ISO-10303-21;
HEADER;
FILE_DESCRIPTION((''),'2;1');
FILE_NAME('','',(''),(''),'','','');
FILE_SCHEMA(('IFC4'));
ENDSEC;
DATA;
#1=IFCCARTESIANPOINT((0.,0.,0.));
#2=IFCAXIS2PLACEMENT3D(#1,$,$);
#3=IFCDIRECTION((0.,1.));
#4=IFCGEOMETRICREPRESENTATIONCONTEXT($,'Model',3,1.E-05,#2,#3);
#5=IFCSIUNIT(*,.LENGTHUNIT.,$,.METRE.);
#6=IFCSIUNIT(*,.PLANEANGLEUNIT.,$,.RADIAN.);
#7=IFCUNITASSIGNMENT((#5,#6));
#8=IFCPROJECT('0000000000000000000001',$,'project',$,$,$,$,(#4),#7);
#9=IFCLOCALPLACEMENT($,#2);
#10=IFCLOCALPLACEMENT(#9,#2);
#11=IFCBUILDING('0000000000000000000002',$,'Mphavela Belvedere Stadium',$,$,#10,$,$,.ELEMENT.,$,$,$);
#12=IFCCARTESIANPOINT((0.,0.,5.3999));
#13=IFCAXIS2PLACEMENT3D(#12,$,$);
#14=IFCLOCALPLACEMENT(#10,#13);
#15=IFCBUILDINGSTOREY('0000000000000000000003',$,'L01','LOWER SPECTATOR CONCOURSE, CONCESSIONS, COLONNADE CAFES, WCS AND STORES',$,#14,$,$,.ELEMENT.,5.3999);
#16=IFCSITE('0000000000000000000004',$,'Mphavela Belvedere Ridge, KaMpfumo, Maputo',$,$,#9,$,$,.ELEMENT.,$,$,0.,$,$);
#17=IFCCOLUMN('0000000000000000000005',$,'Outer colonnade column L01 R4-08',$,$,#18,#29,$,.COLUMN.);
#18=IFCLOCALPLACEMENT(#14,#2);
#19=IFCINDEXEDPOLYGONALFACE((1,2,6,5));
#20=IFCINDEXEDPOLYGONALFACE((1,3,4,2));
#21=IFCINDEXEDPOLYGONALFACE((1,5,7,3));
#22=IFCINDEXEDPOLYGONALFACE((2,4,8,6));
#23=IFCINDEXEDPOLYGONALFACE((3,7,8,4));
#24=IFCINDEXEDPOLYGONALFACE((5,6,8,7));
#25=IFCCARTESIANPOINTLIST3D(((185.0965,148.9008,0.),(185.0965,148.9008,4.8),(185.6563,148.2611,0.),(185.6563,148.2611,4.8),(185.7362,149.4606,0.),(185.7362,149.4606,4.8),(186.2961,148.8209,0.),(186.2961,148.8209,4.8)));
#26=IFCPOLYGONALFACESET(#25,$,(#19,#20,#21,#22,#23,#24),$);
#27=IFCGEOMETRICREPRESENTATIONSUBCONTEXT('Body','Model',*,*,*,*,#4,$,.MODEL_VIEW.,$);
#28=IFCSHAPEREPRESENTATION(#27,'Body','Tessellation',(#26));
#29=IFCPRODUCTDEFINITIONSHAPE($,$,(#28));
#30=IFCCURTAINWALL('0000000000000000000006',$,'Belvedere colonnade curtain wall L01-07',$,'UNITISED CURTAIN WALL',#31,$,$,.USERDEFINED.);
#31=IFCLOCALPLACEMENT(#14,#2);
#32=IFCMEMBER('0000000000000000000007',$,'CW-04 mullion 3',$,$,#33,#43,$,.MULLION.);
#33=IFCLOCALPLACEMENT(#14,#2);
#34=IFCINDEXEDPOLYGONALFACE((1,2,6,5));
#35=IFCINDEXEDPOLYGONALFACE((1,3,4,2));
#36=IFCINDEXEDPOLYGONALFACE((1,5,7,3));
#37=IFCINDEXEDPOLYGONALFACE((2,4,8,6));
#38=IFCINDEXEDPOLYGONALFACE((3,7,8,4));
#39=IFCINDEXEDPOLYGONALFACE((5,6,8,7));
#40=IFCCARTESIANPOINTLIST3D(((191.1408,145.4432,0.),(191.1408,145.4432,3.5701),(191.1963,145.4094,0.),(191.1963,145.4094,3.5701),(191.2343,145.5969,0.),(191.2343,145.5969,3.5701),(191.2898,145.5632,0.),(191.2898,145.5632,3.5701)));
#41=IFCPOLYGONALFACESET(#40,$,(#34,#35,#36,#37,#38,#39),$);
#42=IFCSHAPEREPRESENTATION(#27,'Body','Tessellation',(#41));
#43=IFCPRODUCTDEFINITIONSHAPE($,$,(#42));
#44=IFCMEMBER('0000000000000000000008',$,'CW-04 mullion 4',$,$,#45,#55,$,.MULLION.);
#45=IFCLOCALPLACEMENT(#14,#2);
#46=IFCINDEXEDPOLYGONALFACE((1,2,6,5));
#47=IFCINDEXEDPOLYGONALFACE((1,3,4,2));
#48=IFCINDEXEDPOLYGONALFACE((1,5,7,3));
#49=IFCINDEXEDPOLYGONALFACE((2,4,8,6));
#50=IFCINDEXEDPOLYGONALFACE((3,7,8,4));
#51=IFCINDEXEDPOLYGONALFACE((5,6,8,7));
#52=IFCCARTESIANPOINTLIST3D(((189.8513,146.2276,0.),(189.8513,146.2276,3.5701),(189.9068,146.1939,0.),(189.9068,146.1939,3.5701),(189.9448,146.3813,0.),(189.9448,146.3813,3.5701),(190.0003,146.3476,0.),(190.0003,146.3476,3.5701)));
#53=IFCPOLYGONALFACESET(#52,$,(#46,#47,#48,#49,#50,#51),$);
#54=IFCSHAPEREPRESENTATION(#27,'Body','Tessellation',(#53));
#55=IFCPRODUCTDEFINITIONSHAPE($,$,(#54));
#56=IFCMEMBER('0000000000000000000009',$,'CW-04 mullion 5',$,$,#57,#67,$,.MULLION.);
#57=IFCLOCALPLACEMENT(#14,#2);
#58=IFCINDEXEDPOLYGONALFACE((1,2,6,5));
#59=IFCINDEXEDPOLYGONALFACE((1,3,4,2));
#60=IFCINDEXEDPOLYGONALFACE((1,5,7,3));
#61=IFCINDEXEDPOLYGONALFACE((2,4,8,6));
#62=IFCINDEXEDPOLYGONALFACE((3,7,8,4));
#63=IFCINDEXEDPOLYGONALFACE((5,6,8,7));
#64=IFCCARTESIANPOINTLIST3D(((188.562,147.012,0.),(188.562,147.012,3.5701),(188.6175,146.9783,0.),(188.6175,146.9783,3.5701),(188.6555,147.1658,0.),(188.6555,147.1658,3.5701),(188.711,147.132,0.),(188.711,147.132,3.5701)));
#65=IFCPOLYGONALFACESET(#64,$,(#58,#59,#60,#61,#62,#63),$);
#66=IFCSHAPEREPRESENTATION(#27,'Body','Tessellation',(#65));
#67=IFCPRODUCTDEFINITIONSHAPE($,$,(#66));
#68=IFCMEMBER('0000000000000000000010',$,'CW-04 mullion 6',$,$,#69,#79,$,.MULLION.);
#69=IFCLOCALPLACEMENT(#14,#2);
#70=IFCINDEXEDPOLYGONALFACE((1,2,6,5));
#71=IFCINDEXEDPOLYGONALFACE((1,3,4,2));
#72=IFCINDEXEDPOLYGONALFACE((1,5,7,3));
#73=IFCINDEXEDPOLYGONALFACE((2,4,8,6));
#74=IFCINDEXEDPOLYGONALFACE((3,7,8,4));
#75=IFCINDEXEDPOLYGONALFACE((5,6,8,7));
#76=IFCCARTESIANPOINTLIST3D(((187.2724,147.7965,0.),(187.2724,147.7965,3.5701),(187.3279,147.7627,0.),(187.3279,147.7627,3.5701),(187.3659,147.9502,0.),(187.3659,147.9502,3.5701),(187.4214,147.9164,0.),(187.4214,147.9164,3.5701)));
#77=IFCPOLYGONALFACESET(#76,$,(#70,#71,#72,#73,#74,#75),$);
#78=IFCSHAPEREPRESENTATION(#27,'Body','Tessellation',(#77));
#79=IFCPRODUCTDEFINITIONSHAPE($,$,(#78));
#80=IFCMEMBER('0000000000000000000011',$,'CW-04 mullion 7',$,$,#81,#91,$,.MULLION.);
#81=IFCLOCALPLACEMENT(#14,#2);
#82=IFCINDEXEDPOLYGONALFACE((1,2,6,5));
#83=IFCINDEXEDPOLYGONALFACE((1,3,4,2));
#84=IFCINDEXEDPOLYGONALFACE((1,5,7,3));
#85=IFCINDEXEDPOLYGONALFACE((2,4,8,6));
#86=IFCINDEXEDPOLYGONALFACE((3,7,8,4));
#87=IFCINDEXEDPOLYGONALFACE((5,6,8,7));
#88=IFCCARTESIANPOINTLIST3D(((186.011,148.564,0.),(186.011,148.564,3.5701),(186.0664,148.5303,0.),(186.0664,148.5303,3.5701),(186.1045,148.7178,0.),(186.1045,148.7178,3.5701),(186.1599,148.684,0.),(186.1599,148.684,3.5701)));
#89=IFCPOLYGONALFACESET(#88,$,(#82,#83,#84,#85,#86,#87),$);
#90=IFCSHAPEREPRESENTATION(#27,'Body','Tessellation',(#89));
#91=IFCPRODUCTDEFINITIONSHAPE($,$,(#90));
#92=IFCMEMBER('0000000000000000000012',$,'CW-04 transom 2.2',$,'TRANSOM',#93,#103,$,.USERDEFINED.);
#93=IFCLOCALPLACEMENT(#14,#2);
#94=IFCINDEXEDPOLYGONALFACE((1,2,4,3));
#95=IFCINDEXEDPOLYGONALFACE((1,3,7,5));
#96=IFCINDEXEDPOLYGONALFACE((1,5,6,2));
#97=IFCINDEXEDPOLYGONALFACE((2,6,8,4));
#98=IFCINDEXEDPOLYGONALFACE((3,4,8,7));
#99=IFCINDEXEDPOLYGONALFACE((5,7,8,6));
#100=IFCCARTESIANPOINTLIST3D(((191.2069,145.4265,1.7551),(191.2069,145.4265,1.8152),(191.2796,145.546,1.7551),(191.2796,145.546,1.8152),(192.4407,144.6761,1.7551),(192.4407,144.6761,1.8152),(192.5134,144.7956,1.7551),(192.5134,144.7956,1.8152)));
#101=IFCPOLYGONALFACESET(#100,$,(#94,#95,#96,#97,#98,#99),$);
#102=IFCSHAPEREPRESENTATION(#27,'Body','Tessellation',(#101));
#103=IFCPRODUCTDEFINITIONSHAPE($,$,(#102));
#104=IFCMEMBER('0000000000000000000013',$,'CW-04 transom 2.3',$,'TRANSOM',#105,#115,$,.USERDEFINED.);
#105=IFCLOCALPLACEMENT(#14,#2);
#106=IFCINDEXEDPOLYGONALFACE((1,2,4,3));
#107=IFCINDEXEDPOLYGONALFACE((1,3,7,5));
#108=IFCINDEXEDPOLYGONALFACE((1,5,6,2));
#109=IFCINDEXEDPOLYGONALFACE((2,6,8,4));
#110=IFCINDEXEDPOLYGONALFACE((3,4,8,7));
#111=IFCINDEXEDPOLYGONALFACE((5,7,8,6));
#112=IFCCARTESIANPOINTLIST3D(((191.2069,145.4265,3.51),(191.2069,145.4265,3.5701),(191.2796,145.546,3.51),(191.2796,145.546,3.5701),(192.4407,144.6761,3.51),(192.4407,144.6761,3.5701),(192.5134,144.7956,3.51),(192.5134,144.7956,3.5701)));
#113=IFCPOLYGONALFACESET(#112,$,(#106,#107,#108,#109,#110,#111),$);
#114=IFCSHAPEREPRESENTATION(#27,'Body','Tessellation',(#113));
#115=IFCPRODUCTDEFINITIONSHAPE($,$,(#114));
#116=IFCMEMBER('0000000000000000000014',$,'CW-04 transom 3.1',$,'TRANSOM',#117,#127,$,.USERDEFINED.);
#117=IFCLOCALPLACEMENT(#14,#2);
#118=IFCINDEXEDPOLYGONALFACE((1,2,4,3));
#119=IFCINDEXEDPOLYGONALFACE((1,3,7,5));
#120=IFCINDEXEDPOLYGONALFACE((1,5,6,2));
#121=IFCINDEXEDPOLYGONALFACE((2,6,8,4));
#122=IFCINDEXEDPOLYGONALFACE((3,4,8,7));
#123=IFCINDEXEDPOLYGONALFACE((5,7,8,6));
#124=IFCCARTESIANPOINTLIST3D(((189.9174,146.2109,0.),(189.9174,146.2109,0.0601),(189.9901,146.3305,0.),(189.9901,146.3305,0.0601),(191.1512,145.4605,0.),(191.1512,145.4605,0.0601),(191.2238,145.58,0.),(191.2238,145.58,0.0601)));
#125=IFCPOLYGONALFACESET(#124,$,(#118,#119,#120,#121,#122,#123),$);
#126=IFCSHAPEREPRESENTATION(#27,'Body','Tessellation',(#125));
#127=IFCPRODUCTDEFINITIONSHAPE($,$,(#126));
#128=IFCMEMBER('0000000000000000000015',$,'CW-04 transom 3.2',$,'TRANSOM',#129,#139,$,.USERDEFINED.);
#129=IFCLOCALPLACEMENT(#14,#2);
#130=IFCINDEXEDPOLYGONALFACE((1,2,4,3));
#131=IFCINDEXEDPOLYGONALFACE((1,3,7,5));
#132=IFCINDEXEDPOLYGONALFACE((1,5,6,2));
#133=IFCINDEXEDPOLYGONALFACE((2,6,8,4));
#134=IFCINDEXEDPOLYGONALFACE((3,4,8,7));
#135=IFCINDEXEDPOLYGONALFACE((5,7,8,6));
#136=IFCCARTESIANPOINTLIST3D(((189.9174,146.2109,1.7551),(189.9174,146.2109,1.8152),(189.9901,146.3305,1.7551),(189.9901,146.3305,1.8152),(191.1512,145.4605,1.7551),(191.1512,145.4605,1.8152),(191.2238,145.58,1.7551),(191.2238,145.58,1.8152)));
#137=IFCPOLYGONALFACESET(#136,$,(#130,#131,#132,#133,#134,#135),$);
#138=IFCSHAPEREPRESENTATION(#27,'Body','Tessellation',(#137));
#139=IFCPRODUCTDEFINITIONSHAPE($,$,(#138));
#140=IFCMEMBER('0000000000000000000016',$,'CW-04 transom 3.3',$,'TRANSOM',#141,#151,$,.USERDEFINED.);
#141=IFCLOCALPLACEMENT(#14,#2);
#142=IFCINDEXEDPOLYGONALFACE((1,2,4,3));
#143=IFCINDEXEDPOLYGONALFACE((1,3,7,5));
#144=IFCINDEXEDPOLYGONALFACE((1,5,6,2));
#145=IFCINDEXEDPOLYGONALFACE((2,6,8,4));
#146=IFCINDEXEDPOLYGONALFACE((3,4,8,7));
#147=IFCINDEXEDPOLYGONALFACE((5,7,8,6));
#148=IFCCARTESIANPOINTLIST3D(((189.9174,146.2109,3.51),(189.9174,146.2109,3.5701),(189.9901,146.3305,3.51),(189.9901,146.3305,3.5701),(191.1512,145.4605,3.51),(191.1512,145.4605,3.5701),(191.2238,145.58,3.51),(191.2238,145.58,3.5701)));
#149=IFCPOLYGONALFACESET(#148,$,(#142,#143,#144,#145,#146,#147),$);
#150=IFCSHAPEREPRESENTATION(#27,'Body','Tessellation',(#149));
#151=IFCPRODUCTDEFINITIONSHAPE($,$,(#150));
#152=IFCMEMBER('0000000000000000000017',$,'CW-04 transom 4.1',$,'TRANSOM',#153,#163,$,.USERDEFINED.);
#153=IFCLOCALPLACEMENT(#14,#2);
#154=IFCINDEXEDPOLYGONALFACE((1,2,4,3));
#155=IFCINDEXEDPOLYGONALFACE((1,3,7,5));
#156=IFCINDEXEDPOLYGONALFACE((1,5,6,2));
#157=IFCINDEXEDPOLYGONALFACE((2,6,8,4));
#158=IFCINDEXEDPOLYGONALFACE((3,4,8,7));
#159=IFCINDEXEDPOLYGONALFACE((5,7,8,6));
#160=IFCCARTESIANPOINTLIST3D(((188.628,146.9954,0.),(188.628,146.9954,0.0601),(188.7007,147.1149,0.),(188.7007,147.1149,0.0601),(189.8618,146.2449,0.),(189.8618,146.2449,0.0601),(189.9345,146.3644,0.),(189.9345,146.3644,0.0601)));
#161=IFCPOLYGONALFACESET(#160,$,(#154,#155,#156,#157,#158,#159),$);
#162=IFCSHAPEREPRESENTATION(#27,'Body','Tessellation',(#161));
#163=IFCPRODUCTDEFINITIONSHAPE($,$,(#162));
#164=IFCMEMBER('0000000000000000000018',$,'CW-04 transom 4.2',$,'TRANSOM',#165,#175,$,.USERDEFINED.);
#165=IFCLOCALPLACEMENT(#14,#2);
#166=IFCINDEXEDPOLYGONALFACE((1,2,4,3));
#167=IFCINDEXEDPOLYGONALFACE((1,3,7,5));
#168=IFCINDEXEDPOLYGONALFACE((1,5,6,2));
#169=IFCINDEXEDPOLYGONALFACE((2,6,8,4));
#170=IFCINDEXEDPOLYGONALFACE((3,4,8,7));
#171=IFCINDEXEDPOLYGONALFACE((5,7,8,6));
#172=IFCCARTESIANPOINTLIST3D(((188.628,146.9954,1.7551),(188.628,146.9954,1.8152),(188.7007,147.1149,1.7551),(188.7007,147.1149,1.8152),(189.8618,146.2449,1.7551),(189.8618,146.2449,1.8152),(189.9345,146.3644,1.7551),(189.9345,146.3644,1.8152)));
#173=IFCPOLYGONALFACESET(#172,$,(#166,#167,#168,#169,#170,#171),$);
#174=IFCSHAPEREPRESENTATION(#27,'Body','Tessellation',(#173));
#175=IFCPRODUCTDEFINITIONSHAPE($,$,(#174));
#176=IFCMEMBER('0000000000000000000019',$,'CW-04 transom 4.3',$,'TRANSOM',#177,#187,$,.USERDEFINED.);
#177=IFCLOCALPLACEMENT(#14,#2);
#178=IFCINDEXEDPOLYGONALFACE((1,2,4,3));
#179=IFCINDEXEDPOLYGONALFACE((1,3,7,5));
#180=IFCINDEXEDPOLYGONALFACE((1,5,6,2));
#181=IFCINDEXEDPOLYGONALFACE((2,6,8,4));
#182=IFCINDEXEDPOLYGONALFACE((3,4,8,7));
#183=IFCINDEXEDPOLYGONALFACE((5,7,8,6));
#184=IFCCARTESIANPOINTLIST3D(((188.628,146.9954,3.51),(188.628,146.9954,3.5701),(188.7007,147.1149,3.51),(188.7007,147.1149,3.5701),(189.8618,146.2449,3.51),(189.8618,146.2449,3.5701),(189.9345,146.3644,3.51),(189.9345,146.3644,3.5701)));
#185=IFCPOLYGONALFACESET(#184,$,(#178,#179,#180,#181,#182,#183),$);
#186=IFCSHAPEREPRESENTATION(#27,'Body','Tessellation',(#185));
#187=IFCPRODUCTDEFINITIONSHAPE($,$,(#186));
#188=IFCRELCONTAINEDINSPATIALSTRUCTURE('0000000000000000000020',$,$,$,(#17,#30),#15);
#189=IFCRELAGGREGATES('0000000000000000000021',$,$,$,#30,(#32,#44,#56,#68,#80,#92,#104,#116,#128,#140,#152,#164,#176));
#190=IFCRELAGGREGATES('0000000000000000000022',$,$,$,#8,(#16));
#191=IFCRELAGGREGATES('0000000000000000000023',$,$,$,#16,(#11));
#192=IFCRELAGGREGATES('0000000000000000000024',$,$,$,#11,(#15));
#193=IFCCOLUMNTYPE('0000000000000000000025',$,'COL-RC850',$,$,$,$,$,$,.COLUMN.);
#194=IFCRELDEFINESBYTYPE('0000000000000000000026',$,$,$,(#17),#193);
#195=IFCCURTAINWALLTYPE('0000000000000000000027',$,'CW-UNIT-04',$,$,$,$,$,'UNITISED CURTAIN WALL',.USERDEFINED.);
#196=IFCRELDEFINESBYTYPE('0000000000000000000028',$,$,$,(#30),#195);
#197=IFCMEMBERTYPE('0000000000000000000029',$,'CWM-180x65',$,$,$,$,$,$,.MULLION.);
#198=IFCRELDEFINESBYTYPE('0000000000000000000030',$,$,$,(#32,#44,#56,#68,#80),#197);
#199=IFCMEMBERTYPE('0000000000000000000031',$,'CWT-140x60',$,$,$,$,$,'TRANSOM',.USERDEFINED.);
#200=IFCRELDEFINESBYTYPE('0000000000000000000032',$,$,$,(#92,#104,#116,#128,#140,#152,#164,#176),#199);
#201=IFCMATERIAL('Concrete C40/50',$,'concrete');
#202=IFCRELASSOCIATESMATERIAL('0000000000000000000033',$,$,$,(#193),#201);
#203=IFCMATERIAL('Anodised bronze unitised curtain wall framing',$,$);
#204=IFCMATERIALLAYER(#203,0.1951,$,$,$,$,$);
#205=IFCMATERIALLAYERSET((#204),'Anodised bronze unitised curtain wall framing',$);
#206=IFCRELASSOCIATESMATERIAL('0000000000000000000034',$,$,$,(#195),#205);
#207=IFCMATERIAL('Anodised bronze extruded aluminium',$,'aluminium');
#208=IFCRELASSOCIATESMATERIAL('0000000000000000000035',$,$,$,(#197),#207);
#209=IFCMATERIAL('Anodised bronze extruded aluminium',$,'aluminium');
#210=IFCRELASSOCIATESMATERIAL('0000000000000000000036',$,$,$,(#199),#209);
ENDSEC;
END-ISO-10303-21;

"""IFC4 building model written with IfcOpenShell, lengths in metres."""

from ifc_helpers import new_model, si_unit, direction, frame, origin, origin_2d, place, context, subcontext, project, spatial, rectangle, extrude, material, layer, layer_set, material_profile, profile_set, type_object, element, aggregate, save


model = new_model("IFC4")

# Units and contexts
model_context = context("Model", 3, precision=1e-05, world=origin(), true_north=direction((0.0, 1.0)))
body_context = subcontext(model_context, "Body", "Model", "MODEL_VIEW")
ifc_project = project(units=[si_unit("LENGTHUNIT", "METRE"), si_unit("PLANEANGLEUNIT", "RADIAN")], contexts=[model_context])

# Site, building, storey
site_placement = place(None, origin())
site = spatial("IfcSite", under=ifc_project, at=site_placement, Name="Mphavela Belvedere Ridge, KaMpfumo, Maputo", CompositionType="ELEMENT", RefElevation=0.0)
building_placement = place(site_placement, origin())
building = spatial("IfcBuilding", under=site, at=building_placement, Name="Mphavela Belvedere Stadium", CompositionType="ELEMENT")
storey_placement = place(building_placement, frame((0.0, 0.0, 5.3999)))
storey = spatial("IfcBuildingStorey", under=building, at=storey_placement, Name="L01", Description="LOWER SPECTATOR CONCOURSE, CONCESSIONS, COLONNADE CAFES, WCS AND STORES", CompositionType="ELEMENT", Elevation=5.3999)

# Column
ifc_material_1 = material(Name="Concrete C40/50", Category="concrete")
ifc_material_profile_1 = material_profile(ifc_material_1, rectangle(XDim=0.8501, YDim=0.8501, at=origin_2d()), Name="RC 850x850")
ifc_profile_set_1 = profile_set([ifc_material_profile_1], Name="Concrete C40/50")
column_type = type_object("IfcColumnType", Name="COL-RC850", PredefinedType="COLUMN", material=ifc_profile_set_1)
column_placement = place(storey_placement, frame((185.6963, 148.8608, 0.0), z_axis=(0.0, 0.0, 1.0), x_axis=(0.75253, 0.658558, 0.0)))
element("IfcColumn", 1, at=column_placement, inside=storey, type_object=column_type, Name="Outer colonnade column L01 R4-08", PredefinedType="COLUMN", context=body_context, shape_type="SweptSolid", body=[
    extrude(rectangle(XDim=0.8501, YDim=0.8501, at=origin_2d()), origin(), (0.0, 0.0, 1.0), 4.8),
])

# Curtain wall, members
ifc_material_2 = material(Name="Anodised bronze unitised curtain wall framing")
ifc_layer_1 = layer(ifc_material_2, 0.1951)
ifc_layer_set_1 = layer_set([ifc_layer_1], Name="Anodised bronze unitised curtain wall framing")
curtain_wall_type = type_object("IfcCurtainWallType", Name="CW-UNIT-04", ElementType="UNITISED CURTAIN WALL", PredefinedType="USERDEFINED", material=ifc_layer_set_1)
curtain_wall_placement = place(storey_placement, origin())
curtain_wall = element("IfcCurtainWall", 2, at=curtain_wall_placement, inside=storey, type_object=curtain_wall_type, Name="Belvedere colonnade curtain wall L01-07", ObjectType="UNITISED CURTAIN WALL", PredefinedType="USERDEFINED")
ifc_material_3 = material(Name="Anodised bronze extruded aluminium", Category="aluminium")
ifc_material_profile_2 = material_profile(ifc_material_3, rectangle(XDim=0.1799, YDim=0.0649, at=origin_2d()), Name="CW-MUL 180x65")
ifc_profile_set_2 = profile_set([ifc_material_profile_2], Name="Anodised bronze extruded aluminium")
member_type_1 = type_object("IfcMemberType", Name="CWM-180x65", PredefinedType="MULLION", material=ifc_profile_set_2)
member_1_placement = place(storey_placement, frame((191.2153, 145.5032, 0.0), z_axis=(0.0, 0.0, 1.0), x_axis=(-0.519735, -0.854328, 0.0)))
member_1 = element("IfcMember", 3, at=member_1_placement, type_object=member_type_1, Name="CW-04 mullion 3", PredefinedType="MULLION", context=body_context, shape_type="SweptSolid", body=[
    extrude(rectangle(XDim=0.1799, YDim=0.0649, at=origin_2d()), origin(), (0.0, 0.0, 1.0), 3.5701),
])
member_2_placement = place(storey_placement, frame((189.9258, 146.2876, 0.0), z_axis=(0.0, 0.0, 1.0), x_axis=(-0.519735, -0.854328, 0.0)))
member_2 = element("IfcMember", 4, at=member_2_placement, type_object=member_type_1, Name="CW-04 mullion 4", PredefinedType="MULLION", context=body_context, shape_type="SweptSolid", body=[
    extrude(rectangle(XDim=0.1799, YDim=0.0649, at=origin_2d()), origin(), (0.0, 0.0, 1.0), 3.5701),
])
member_3_placement = place(storey_placement, frame((188.6365, 147.072, 0.0), z_axis=(0.0, 0.0, 1.0), x_axis=(-0.519735, -0.854328, 0.0)))
member_3 = element("IfcMember", 5, at=member_3_placement, type_object=member_type_1, Name="CW-04 mullion 5", PredefinedType="MULLION", context=body_context, shape_type="SweptSolid", body=[
    extrude(rectangle(XDim=0.1799, YDim=0.0649, at=origin_2d()), origin(), (0.0, 0.0, 1.0), 3.5701),
])
member_4_placement = place(storey_placement, frame((187.3469, 147.8564, 0.0), z_axis=(0.0, 0.0, 1.0), x_axis=(-0.519735, -0.854328, 0.0)))
member_4 = element("IfcMember", 6, at=member_4_placement, type_object=member_type_1, Name="CW-04 mullion 6", PredefinedType="MULLION", context=body_context, shape_type="SweptSolid", body=[
    extrude(rectangle(XDim=0.1799, YDim=0.0649, at=origin_2d()), origin(), (0.0, 0.0, 1.0), 3.5701),
])
member_5_placement = place(storey_placement, frame((186.0854, 148.624, 0.0), z_axis=(0.0, 0.0, 1.0), x_axis=(-0.519735, -0.854328, 0.0)))
member_5 = element("IfcMember", 7, at=member_5_placement, type_object=member_type_1, Name="CW-04 mullion 7", PredefinedType="MULLION", context=body_context, shape_type="SweptSolid", body=[
    extrude(rectangle(XDim=0.1799, YDim=0.0649, at=origin_2d()), origin(), (0.0, 0.0, 1.0), 3.5701),
])
ifc_material_4 = material(Name="Anodised bronze extruded aluminium", Category="aluminium")
ifc_material_profile_3 = material_profile(ifc_material_4, rectangle(XDim=0.1399, YDim=0.0601, at=origin_2d()), Name="CW-TRN 140x60")
ifc_profile_set_3 = profile_set([ifc_material_profile_3], Name="Anodised bronze extruded aluminium")
member_type_2 = type_object("IfcMemberType", Name="CWT-140x60", ElementType="TRANSOM", PredefinedType="USERDEFINED", material=ifc_profile_set_3)
member_6_placement = place(storey_placement, frame((192.4771, 144.7358, 1.7852), z_axis=(-0.854375, 0.519657, 0.0), x_axis=(-0.519657, -0.854375, 0.0)))
member_6 = element("IfcMember", 8, at=member_6_placement, type_object=member_type_2, Name="CW-04 transom 2.2", ObjectType="TRANSOM", PredefinedType="USERDEFINED", context=body_context, shape_type="SweptSolid", body=[
    extrude(rectangle(XDim=0.1399, YDim=0.0601, at=origin_2d()), origin(), (0.0, 0.0, 1.0), 1.4441),
])
member_7_placement = place(storey_placement, frame((192.4771, 144.7358, 3.54), z_axis=(-0.854375, 0.519657, 0.0), x_axis=(-0.519657, -0.854375, 0.0)))
member_7 = element("IfcMember", 9, at=member_7_placement, type_object=member_type_2, Name="CW-04 transom 2.3", ObjectType="TRANSOM", PredefinedType="USERDEFINED", context=body_context, shape_type="SweptSolid", body=[
    extrude(rectangle(XDim=0.1399, YDim=0.0601, at=origin_2d()), origin(), (0.0, 0.0, 1.0), 1.4441),
])
member_8_placement = place(storey_placement, frame((191.1875, 145.5203, 0.03), z_axis=(-0.854375, 0.519657, 0.0), x_axis=(-0.519657, -0.854375, 0.0)))
member_8 = element("IfcMember", 10, at=member_8_placement, type_object=member_type_2, Name="CW-04 transom 3.1", ObjectType="TRANSOM", PredefinedType="USERDEFINED", context=body_context, shape_type="SweptSolid", body=[
    extrude(rectangle(XDim=0.1399, YDim=0.0601, at=origin_2d()), origin(), (0.0, 0.0, 1.0), 1.4441),
])
member_9_placement = place(storey_placement, frame((191.1875, 145.5203, 1.7852), z_axis=(-0.854375, 0.519657, 0.0), x_axis=(-0.519657, -0.854375, 0.0)))
member_9 = element("IfcMember", 11, at=member_9_placement, type_object=member_type_2, Name="CW-04 transom 3.2", ObjectType="TRANSOM", PredefinedType="USERDEFINED", context=body_context, shape_type="SweptSolid", body=[
    extrude(rectangle(XDim=0.1399, YDim=0.0601, at=origin_2d()), origin(), (0.0, 0.0, 1.0), 1.4441),
])
member_10_placement = place(storey_placement, frame((191.1875, 145.5203, 3.54), z_axis=(-0.854375, 0.519657, 0.0), x_axis=(-0.519657, -0.854375, 0.0)))
member_10 = element("IfcMember", 12, at=member_10_placement, type_object=member_type_2, Name="CW-04 transom 3.3", ObjectType="TRANSOM", PredefinedType="USERDEFINED", context=body_context, shape_type="SweptSolid", body=[
    extrude(rectangle(XDim=0.1399, YDim=0.0601, at=origin_2d()), origin(), (0.0, 0.0, 1.0), 1.4441),
])
member_11_placement = place(storey_placement, frame((189.8982, 146.3047, 0.03), z_axis=(-0.854375, 0.519657, 0.0), x_axis=(-0.519657, -0.854375, 0.0)))
member_11 = element("IfcMember", 13, at=member_11_placement, type_object=member_type_2, Name="CW-04 transom 4.1", ObjectType="TRANSOM", PredefinedType="USERDEFINED", context=body_context, shape_type="SweptSolid", body=[
    extrude(rectangle(XDim=0.1399, YDim=0.0601, at=origin_2d()), origin(), (0.0, 0.0, 1.0), 1.4441),
])
member_12_placement = place(storey_placement, frame((189.8982, 146.3047, 1.7852), z_axis=(-0.854375, 0.519657, 0.0), x_axis=(-0.519657, -0.854375, 0.0)))
member_12 = element("IfcMember", 14, at=member_12_placement, type_object=member_type_2, Name="CW-04 transom 4.2", ObjectType="TRANSOM", PredefinedType="USERDEFINED", context=body_context, shape_type="SweptSolid", body=[
    extrude(rectangle(XDim=0.1399, YDim=0.0601, at=origin_2d()), origin(), (0.0, 0.0, 1.0), 1.4441),
])
member_13_placement = place(storey_placement, frame((189.8982, 146.3047, 3.54), z_axis=(-0.854375, 0.519657, 0.0), x_axis=(-0.519657, -0.854375, 0.0)))
member_13 = element("IfcMember", 15, at=member_13_placement, type_object=member_type_2, Name="CW-04 transom 4.3", ObjectType="TRANSOM", PredefinedType="USERDEFINED", context=body_context, shape_type="SweptSolid", body=[
    extrude(rectangle(XDim=0.1399, YDim=0.0601, at=origin_2d()), origin(), (0.0, 0.0, 1.0), 1.4441),
])
aggregate(curtain_wall, [member_1, member_2, member_3, member_4, member_5, member_6, member_7, member_8, member_9, member_10, member_11, member_12, member_13])

save(model, "model.ifc")
